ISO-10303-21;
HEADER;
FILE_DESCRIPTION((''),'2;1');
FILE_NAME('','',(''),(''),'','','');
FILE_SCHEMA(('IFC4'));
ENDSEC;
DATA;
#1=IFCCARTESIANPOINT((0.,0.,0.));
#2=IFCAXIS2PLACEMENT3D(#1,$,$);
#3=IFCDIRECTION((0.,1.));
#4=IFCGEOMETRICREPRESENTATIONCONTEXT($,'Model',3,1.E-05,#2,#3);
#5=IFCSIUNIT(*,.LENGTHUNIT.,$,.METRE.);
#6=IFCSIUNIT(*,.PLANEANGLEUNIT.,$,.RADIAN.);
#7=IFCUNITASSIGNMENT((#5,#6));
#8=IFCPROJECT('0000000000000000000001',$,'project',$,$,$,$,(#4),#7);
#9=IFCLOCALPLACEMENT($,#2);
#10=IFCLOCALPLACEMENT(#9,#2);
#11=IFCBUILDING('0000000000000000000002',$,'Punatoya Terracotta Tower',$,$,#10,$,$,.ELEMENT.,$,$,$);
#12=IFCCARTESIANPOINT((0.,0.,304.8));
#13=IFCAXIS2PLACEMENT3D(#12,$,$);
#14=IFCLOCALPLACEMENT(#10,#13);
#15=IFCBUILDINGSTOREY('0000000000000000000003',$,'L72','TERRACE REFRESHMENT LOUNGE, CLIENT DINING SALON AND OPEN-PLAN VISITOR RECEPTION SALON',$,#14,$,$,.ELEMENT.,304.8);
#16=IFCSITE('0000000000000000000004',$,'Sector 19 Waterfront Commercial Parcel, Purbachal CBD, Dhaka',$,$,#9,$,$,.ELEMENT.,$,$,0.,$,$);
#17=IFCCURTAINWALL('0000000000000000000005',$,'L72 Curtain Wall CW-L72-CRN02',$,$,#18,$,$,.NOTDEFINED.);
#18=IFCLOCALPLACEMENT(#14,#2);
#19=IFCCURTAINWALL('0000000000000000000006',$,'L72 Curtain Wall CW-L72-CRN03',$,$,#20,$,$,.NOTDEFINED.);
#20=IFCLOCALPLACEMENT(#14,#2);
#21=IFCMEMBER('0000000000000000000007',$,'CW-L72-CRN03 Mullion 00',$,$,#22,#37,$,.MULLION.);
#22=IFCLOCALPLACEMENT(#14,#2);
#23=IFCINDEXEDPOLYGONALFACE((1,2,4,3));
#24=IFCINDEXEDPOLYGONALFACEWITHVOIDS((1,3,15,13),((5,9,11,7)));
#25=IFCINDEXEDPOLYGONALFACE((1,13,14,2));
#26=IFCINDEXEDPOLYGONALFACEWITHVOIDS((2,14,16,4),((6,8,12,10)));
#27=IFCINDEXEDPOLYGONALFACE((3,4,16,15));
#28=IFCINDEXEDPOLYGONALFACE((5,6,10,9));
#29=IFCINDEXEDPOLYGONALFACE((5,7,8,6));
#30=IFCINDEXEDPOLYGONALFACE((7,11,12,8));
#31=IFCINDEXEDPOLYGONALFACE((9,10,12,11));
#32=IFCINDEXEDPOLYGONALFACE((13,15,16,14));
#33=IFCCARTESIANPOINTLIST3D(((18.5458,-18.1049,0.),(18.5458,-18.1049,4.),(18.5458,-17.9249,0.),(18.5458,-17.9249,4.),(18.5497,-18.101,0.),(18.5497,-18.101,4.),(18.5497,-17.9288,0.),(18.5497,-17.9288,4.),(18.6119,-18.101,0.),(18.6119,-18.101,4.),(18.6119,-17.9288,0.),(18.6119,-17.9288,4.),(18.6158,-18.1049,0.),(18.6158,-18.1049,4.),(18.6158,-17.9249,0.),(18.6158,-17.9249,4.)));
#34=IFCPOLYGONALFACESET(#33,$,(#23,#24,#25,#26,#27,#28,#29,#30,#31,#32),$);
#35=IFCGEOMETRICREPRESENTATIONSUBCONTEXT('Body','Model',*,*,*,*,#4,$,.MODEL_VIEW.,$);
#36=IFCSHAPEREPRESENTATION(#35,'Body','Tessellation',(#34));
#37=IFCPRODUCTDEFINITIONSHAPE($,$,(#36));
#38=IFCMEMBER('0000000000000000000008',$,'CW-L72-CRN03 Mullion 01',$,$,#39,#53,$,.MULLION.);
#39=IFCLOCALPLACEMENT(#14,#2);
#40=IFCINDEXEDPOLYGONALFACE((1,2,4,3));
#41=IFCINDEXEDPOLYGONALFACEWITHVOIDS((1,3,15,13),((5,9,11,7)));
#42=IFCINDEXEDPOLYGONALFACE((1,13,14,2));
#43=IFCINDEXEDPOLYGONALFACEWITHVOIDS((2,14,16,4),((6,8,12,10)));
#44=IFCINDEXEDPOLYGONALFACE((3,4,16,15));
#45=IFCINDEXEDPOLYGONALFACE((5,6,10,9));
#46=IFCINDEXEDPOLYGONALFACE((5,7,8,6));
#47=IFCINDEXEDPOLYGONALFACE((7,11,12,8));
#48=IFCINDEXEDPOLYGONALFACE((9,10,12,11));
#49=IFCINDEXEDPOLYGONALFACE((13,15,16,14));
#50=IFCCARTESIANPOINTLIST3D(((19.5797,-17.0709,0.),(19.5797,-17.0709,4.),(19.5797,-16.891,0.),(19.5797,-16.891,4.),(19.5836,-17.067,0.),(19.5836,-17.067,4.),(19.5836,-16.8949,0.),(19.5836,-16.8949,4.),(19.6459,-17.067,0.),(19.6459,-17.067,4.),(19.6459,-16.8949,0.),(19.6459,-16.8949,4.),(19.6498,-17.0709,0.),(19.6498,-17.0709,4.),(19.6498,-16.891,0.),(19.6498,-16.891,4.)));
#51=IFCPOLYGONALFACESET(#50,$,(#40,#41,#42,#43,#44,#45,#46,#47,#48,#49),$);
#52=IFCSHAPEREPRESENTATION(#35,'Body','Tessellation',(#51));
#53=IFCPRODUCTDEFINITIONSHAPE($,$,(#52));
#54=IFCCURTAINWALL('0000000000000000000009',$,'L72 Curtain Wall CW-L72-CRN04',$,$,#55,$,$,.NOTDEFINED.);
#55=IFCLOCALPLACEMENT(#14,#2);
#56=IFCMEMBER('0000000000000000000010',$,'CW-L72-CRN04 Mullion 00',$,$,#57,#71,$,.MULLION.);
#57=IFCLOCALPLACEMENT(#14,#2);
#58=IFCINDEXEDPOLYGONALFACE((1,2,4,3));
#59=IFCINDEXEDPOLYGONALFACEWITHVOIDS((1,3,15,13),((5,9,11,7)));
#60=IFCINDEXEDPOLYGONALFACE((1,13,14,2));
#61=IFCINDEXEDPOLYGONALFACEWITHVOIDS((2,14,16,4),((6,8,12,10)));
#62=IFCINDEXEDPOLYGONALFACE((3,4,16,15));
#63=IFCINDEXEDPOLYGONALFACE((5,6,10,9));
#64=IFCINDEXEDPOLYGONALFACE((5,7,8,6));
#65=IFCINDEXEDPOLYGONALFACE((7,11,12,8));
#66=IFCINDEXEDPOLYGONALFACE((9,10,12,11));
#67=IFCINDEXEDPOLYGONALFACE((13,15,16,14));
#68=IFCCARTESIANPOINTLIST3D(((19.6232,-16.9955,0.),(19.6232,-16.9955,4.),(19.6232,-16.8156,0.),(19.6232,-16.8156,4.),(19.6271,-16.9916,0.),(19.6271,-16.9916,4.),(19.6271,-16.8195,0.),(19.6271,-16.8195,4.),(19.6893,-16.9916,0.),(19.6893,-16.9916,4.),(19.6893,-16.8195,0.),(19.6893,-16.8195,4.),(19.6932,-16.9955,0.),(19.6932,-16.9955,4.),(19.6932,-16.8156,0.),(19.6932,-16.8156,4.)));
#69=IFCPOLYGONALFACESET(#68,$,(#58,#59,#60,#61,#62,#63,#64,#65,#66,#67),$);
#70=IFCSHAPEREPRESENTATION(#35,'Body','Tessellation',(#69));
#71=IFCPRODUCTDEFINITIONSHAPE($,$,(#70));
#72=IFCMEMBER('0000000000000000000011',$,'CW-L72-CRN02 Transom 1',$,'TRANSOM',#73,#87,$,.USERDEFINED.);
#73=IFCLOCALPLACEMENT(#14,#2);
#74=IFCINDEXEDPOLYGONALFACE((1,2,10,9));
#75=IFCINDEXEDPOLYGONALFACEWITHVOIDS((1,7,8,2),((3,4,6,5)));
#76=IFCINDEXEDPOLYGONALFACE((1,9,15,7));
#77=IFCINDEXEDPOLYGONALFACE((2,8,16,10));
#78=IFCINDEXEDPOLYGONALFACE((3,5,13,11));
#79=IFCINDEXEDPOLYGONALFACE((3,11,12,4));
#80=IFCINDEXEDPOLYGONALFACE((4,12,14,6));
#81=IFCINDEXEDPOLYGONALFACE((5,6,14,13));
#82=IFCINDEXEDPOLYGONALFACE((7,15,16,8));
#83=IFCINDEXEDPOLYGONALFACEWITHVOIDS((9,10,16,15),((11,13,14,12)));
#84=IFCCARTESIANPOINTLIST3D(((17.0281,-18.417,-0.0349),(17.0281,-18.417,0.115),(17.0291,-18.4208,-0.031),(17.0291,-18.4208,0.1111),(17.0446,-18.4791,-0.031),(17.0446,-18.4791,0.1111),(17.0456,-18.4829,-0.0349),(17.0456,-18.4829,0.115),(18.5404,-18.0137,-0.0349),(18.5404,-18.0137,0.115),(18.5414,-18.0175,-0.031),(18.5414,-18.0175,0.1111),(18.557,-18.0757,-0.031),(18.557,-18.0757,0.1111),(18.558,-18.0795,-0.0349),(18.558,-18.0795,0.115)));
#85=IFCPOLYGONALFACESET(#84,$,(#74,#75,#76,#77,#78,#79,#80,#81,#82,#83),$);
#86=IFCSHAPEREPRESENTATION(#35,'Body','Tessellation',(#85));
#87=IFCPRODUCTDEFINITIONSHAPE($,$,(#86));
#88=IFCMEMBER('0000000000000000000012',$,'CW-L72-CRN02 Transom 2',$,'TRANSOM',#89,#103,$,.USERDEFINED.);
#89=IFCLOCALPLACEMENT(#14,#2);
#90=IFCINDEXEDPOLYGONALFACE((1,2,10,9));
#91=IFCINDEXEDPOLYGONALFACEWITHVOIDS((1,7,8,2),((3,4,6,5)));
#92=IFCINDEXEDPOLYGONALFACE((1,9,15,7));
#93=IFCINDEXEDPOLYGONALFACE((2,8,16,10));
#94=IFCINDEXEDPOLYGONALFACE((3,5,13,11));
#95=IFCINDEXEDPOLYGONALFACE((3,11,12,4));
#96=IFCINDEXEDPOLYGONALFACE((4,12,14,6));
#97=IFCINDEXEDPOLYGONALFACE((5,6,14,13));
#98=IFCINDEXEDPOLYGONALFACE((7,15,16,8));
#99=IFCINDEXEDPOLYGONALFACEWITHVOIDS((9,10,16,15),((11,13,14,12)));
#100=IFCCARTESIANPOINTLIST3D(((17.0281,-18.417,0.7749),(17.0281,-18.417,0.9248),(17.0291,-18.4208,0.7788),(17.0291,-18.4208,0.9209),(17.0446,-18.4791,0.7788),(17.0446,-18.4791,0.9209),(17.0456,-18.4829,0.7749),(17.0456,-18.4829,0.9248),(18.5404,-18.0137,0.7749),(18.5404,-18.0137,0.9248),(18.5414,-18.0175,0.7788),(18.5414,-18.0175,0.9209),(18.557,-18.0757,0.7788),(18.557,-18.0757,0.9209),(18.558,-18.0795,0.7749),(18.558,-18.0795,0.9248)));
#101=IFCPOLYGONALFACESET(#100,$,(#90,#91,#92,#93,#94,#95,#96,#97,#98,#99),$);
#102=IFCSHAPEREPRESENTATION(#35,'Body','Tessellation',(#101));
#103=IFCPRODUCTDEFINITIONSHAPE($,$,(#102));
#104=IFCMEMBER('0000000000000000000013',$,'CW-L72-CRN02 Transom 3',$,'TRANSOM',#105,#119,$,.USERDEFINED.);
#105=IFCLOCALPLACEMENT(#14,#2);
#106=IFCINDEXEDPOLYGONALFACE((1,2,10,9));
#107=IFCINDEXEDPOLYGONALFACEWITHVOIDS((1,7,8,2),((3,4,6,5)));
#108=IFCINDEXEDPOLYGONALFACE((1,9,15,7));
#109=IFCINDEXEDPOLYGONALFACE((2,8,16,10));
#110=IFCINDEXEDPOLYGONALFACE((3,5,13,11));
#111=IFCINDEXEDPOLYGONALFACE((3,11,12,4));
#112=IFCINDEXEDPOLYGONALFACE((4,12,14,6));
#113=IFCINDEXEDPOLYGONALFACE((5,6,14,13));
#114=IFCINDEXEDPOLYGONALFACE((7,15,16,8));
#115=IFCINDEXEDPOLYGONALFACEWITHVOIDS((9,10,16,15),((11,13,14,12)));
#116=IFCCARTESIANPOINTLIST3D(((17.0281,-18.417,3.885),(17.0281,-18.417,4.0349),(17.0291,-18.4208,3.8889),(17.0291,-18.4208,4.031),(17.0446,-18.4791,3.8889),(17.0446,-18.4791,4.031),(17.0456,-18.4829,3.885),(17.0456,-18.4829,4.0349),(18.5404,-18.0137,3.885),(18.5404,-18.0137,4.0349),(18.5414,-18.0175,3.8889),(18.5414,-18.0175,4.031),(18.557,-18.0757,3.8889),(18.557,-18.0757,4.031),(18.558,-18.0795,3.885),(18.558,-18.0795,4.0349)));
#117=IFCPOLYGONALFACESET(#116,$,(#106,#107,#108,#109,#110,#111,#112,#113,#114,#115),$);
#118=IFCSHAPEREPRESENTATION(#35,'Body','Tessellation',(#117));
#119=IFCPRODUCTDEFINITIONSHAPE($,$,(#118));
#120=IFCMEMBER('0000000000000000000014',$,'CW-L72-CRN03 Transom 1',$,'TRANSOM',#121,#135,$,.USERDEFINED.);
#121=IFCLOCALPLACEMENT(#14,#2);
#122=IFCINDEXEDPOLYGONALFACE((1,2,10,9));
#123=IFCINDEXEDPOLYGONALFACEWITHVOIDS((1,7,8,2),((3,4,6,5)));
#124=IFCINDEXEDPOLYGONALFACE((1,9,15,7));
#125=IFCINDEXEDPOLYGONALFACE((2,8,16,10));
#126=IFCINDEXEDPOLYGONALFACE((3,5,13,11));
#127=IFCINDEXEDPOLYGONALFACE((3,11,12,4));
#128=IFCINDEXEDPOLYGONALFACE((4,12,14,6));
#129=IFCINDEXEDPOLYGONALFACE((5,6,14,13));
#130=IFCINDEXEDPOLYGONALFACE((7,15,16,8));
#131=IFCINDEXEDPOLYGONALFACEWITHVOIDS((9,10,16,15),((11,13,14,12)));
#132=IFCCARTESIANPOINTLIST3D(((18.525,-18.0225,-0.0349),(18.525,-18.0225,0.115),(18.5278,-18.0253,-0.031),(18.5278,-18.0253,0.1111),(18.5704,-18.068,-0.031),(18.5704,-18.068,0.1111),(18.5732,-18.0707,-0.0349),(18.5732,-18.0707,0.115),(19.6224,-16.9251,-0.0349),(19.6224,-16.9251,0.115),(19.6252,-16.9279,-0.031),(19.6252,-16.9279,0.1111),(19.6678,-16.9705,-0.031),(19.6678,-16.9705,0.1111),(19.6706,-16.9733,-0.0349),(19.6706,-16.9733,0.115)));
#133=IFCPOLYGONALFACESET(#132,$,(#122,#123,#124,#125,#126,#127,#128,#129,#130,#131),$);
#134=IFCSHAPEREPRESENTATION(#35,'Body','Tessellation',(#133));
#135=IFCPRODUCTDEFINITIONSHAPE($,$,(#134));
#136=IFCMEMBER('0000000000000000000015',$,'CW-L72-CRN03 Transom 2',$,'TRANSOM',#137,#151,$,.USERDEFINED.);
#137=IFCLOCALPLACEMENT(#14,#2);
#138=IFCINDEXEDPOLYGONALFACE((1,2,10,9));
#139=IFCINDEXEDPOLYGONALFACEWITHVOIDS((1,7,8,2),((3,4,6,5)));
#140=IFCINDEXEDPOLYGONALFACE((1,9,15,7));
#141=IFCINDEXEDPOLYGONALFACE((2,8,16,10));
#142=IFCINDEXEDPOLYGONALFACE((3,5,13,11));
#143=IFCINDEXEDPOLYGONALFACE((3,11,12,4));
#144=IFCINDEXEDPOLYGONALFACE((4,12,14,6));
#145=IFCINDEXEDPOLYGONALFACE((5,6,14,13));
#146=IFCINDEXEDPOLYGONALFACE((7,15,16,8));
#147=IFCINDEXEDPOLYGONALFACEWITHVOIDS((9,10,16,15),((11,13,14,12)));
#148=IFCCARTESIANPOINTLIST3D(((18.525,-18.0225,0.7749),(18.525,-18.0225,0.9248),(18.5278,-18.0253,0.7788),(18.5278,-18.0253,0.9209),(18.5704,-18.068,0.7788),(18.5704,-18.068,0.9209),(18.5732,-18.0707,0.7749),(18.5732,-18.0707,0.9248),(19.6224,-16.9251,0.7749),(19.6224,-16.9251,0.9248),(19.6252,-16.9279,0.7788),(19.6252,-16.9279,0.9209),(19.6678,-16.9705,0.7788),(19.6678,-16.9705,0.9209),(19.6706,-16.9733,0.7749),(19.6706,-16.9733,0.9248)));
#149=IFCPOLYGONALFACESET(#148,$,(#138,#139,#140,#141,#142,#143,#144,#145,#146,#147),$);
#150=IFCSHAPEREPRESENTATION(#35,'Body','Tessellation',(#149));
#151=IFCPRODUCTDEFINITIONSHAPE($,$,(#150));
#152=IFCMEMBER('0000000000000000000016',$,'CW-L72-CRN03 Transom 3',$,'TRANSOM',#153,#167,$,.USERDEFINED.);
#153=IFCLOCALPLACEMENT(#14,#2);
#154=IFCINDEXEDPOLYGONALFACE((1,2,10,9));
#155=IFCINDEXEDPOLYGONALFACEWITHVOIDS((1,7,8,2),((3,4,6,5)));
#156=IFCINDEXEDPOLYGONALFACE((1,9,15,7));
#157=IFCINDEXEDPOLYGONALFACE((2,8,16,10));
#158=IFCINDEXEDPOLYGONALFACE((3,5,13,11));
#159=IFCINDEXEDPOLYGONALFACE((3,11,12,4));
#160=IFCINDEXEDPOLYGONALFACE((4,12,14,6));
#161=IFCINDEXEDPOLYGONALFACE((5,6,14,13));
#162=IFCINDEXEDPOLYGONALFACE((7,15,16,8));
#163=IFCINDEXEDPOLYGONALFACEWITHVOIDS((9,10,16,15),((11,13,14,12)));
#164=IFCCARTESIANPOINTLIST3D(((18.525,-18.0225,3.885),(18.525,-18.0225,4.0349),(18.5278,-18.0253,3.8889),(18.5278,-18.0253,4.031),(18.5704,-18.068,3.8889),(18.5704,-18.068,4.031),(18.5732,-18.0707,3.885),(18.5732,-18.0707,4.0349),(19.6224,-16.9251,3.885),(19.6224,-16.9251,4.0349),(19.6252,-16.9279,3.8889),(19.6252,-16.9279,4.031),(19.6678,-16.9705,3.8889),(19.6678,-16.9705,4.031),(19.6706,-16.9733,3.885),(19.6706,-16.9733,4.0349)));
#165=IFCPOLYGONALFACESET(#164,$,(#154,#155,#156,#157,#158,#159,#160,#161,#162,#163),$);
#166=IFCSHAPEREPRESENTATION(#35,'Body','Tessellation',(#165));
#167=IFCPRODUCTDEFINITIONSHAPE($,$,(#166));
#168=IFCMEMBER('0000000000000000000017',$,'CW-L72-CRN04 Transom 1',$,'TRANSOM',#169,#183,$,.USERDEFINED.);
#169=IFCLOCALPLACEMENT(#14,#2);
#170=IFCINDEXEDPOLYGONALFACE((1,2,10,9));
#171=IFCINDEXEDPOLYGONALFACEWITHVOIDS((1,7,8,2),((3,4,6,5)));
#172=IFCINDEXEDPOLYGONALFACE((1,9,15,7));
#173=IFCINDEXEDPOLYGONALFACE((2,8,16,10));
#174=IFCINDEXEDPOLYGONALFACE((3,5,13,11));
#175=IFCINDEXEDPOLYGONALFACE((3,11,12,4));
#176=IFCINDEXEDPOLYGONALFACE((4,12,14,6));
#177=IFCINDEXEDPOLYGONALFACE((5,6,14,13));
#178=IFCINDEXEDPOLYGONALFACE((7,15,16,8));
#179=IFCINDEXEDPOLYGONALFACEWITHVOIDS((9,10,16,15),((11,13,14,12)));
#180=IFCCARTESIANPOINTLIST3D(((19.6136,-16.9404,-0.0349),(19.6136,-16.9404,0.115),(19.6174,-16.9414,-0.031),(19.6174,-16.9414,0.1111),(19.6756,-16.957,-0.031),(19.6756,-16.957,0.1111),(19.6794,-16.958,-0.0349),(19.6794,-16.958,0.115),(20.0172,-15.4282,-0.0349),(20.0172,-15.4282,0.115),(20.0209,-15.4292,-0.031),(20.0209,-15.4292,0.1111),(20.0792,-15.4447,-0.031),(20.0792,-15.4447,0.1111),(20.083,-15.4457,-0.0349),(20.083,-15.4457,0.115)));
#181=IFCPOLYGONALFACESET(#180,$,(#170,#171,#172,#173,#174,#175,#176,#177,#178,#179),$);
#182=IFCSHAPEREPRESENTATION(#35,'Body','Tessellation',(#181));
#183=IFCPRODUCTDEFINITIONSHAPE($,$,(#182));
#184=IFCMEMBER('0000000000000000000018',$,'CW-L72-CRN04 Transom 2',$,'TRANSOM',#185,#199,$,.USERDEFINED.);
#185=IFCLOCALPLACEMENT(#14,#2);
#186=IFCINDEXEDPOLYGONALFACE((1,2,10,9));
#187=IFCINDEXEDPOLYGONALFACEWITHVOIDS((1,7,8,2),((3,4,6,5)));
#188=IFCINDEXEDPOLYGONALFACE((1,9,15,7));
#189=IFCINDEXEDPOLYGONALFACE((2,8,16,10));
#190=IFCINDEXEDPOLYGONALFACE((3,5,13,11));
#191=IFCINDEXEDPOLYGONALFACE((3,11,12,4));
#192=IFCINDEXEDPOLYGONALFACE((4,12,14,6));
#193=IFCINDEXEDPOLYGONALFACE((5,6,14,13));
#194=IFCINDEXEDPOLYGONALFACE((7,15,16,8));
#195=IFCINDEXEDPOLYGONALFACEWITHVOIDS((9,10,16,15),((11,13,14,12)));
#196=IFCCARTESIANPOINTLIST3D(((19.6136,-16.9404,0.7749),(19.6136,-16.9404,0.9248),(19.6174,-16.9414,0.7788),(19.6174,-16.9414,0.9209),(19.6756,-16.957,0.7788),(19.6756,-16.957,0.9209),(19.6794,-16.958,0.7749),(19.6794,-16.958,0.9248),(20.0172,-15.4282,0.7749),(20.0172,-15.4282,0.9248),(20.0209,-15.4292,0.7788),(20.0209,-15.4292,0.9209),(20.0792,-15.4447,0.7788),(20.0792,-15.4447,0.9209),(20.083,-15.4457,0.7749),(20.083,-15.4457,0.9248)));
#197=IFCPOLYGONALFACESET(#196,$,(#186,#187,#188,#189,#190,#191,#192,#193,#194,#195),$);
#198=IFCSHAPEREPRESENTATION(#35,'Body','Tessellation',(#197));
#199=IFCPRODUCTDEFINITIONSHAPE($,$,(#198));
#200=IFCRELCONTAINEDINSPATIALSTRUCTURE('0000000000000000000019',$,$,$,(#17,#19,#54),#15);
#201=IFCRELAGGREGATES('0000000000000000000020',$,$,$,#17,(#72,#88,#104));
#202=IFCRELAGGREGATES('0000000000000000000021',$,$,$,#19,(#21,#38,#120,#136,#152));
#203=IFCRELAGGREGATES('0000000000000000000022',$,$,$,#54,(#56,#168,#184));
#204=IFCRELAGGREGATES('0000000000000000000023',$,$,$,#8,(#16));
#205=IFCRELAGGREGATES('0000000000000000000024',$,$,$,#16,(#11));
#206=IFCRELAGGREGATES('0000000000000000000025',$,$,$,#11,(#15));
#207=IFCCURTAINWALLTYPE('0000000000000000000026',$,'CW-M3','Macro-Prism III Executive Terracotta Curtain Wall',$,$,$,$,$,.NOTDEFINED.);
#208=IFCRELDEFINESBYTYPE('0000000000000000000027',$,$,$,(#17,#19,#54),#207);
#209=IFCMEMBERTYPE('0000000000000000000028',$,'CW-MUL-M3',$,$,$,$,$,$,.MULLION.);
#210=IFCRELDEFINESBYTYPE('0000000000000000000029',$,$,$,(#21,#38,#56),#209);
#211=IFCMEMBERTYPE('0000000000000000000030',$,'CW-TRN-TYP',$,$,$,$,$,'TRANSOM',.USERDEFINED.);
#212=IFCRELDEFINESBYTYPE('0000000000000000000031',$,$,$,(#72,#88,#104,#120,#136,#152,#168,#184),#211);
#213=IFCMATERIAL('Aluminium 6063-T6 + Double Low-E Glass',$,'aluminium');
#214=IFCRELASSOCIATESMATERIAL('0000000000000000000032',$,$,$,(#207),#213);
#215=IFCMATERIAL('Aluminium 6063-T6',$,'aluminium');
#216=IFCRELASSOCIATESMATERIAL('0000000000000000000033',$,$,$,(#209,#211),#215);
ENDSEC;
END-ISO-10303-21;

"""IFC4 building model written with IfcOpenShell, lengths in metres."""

from ifc_helpers import new_model, si_unit, direction, frame, origin, origin_2d, place, context, subcontext, project, spatial, hollow_rectangle, extrude, material, material_profile, profile_set, type_object, element, aggregate, save


model = new_model("IFC4")

# Units and contexts
model_context = context("Model", 3, precision=1e-05, world=origin(), true_north=direction((0.0, 1.0)))
body_context = subcontext(model_context, "Body", "Model", "MODEL_VIEW")
ifc_project = project(units=[si_unit("LENGTHUNIT", "METRE"), si_unit("PLANEANGLEUNIT", "RADIAN")], contexts=[model_context])

# Site, building, storey
site_placement = place(None, origin())
site = spatial("IfcSite", under=ifc_project, at=site_placement, Name="Sector 19 Waterfront Commercial Parcel, Purbachal CBD, Dhaka", CompositionType="ELEMENT", RefElevation=0.0)
building_placement = place(site_placement, origin())
building = spatial("IfcBuilding", under=site, at=building_placement, Name="Punatoya Terracotta Tower", CompositionType="ELEMENT")
storey_placement = place(building_placement, frame((0.0, 0.0, 304.8)))
storey = spatial("IfcBuildingStorey", under=building, at=storey_placement, Name="L72", Description="TERRACE REFRESHMENT LOUNGE, CLIENT DINING SALON AND OPEN-PLAN VISITOR RECEPTION SALON", CompositionType="ELEMENT", Elevation=304.8)

# Curtain walls, members
ifc_material_1 = material(Name="Aluminium 6063-T6 + Double Low-E Glass", Category="aluminium")
curtain_wall_type = type_object("IfcCurtainWallType", Name="CW-M3", Description="Macro-Prism III Executive Terracotta Curtain Wall", PredefinedType="NOTDEFINED", material=ifc_material_1)
ifc_material_2 = material(Name="Aluminium 6063-T6", Category="aluminium")
ifc_material_profile_1 = material_profile(ifc_material_2, hollow_rectangle(XDim=0.0701, YDim=0.1799, WallThickness=0.0039, at=origin_2d()))
ifc_profile_set_1 = profile_set([ifc_material_profile_1], Name="Aluminium 6063-T6")
member_type_1 = type_object("IfcMemberType", Name="CW-MUL-M3", PredefinedType="MULLION", material=ifc_profile_set_1)
curtain_wall_1_placement = place(storey_placement, origin())
curtain_wall_1 = element("IfcCurtainWall", 1, at=curtain_wall_1_placement, inside=storey, type_object=curtain_wall_type, Name="L72 Curtain Wall CW-L72-CRN02", PredefinedType="NOTDEFINED")
curtain_wall_2_placement = place(storey_placement, origin())
curtain_wall_2 = element("IfcCurtainWall", 2, at=curtain_wall_2_placement, inside=storey, type_object=curtain_wall_type, Name="L72 Curtain Wall CW-L72-CRN03", PredefinedType="NOTDEFINED")
member_1_placement = place(storey_placement, frame((18.5808, -18.0149, 0.0), z_axis=(0.0, 0.0, 1.0), x_axis=(1.0, 0.0, 0.0)))
member_1 = element("IfcMember", 3, at=member_1_placement, type_object=member_type_1, Name="CW-L72-CRN03 Mullion 00", PredefinedType="MULLION", context=body_context, shape_type="SweptSolid", body=[
    extrude(hollow_rectangle(XDim=0.0701, YDim=0.1799, WallThickness=0.0039, at=origin_2d()), origin(), (0.0, 0.0, 1.0), 4.0),
])
member_2_placement = place(storey_placement, frame((19.6147, -16.981, 0.0), z_axis=(0.0, 0.0, 1.0), x_axis=(1.0, 0.0, 0.0)))
member_2 = element("IfcMember", 4, at=member_2_placement, type_object=member_type_1, Name="CW-L72-CRN03 Mullion 01", PredefinedType="MULLION", context=body_context, shape_type="SweptSolid", body=[
    extrude(hollow_rectangle(XDim=0.0701, YDim=0.1799, WallThickness=0.0039, at=origin_2d()), origin(), (0.0, 0.0, 1.0), 4.0),
])

# Curtain wall, member
curtain_wall_3_placement = place(storey_placement, origin())
curtain_wall_3 = element("IfcCurtainWall", 5, at=curtain_wall_3_placement, inside=storey, type_object=curtain_wall_type, Name="L72 Curtain Wall CW-L72-CRN04", PredefinedType="NOTDEFINED")
member_3_placement = place(storey_placement, frame((19.6582, -16.9055, 0.0), z_axis=(0.0, 0.0, 1.0), x_axis=(1.0, 0.0, 0.0)))
member_3 = element("IfcMember", 6, at=member_3_placement, type_object=member_type_1, Name="CW-L72-CRN04 Mullion 00", PredefinedType="MULLION", context=body_context, shape_type="SweptSolid", body=[
    extrude(hollow_rectangle(XDim=0.0701, YDim=0.1799, WallThickness=0.0039, at=origin_2d()), origin(), (0.0, 0.0, 1.0), 4.0),
])

# Members
ifc_material_profile_2 = material_profile(ifc_material_2, hollow_rectangle(XDim=0.0681, YDim=0.1499, WallThickness=0.0039, at=origin_2d()))
ifc_profile_set_2 = profile_set([ifc_material_profile_2], Name="Aluminium 6063-T6")
member_type_2 = type_object("IfcMemberType", Name="CW-TRN-TYP", ElementType="TRANSOM", PredefinedType="USERDEFINED", material=ifc_profile_set_2)
member_4_placement = place(storey_placement, frame((17.0369, -18.45, 0.04), z_axis=(0.966225, 0.257701, 0.0), x_axis=(-0.257701, 0.966225, 0.0)))
member_4 = element("IfcMember", 7, at=member_4_placement, type_object=member_type_2, Name="CW-L72-CRN02 Transom 1", ObjectType="TRANSOM", PredefinedType="USERDEFINED", context=body_context, shape_type="SweptSolid", body=[
    extrude(hollow_rectangle(XDim=0.0681, YDim=0.1499, WallThickness=0.0039, at=origin_2d()), origin(), (0.0, 0.0, 1.0), 1.5652),
])
member_5_placement = place(storey_placement, frame((17.0369, -18.45, 0.8499), z_axis=(0.966225, 0.257701, 0.0), x_axis=(-0.257701, 0.966225, 0.0)))
member_5 = element("IfcMember", 8, at=member_5_placement, type_object=member_type_2, Name="CW-L72-CRN02 Transom 2", ObjectType="TRANSOM", PredefinedType="USERDEFINED", context=body_context, shape_type="SweptSolid", body=[
    extrude(hollow_rectangle(XDim=0.0681, YDim=0.1499, WallThickness=0.0039, at=origin_2d()), origin(), (0.0, 0.0, 1.0), 1.5652),
])
member_6_placement = place(storey_placement, frame((17.0369, -18.45, 3.96), z_axis=(0.966225, 0.257701, 0.0), x_axis=(-0.257701, 0.966225, 0.0)))
member_6 = element("IfcMember", 9, at=member_6_placement, type_object=member_type_2, Name="CW-L72-CRN02 Transom 3", ObjectType="TRANSOM", PredefinedType="USERDEFINED", context=body_context, shape_type="SweptSolid", body=[
    extrude(hollow_rectangle(XDim=0.0681, YDim=0.1499, WallThickness=0.0039, at=origin_2d()), origin(), (0.0, 0.0, 1.0), 1.5652),
])
member_7_placement = place(storey_placement, frame((18.5491, -18.0466, 0.04), z_axis=(0.707107, 0.707107, 0.0), x_axis=(-0.707107, 0.707107, 0.0)))
member_7 = element("IfcMember", 10, at=member_7_placement, type_object=member_type_2, Name="CW-L72-CRN03 Transom 1", ObjectType="TRANSOM", PredefinedType="USERDEFINED", context=body_context, shape_type="SweptSolid", body=[
    extrude(hollow_rectangle(XDim=0.0681, YDim=0.1499, WallThickness=0.0039, at=origin_2d()), origin(), (0.0, 0.0, 1.0), 1.552),
])
member_8_placement = place(storey_placement, frame((18.5491, -18.0466, 0.8499), z_axis=(0.707107, 0.707107, 0.0), x_axis=(-0.707107, 0.707107, 0.0)))
member_8 = element("IfcMember", 11, at=member_8_placement, type_object=member_type_2, Name="CW-L72-CRN03 Transom 2", ObjectType="TRANSOM", PredefinedType="USERDEFINED", context=body_context, shape_type="SweptSolid", body=[
    extrude(hollow_rectangle(XDim=0.0681, YDim=0.1499, WallThickness=0.0039, at=origin_2d()), origin(), (0.0, 0.0, 1.0), 1.552),
])
member_9_placement = place(storey_placement, frame((18.5491, -18.0466, 3.96), z_axis=(0.707107, 0.707107, 0.0), x_axis=(-0.707107, 0.707107, 0.0)))
member_9 = element("IfcMember", 12, at=member_9_placement, type_object=member_type_2, Name="CW-L72-CRN03 Transom 3", ObjectType="TRANSOM", PredefinedType="USERDEFINED", context=body_context, shape_type="SweptSolid", body=[
    extrude(hollow_rectangle(XDim=0.0681, YDim=0.1499, WallThickness=0.0039, at=origin_2d()), origin(), (0.0, 0.0, 1.0), 1.552),
])
member_10_placement = place(storey_placement, frame((19.6465, -16.9492, 0.04), z_axis=(0.257847, 0.966186, 0.0), x_axis=(-0.966186, 0.257847, 0.0)))
member_10 = element("IfcMember", 13, at=member_10_placement, type_object=member_type_2, Name="CW-L72-CRN04 Transom 1", ObjectType="TRANSOM", PredefinedType="USERDEFINED", context=body_context, shape_type="SweptSolid", body=[
    extrude(hollow_rectangle(XDim=0.0681, YDim=0.1499, WallThickness=0.0039, at=origin_2d()), origin(), (0.0, 0.0, 1.0), 1.5652),
])
member_11_placement = place(storey_placement, frame((19.6465, -16.9492, 0.8499), z_axis=(0.257847, 0.966186, 0.0), x_axis=(-0.966186, 0.257847, 0.0)))
member_11 = element("IfcMember", 14, at=member_11_placement, type_object=member_type_2, Name="CW-L72-CRN04 Transom 2", ObjectType="TRANSOM", PredefinedType="USERDEFINED", context=body_context, shape_type="SweptSolid", body=[
    extrude(hollow_rectangle(XDim=0.0681, YDim=0.1499, WallThickness=0.0039, at=origin_2d()), origin(), (0.0, 0.0, 1.0), 1.5652),
])

aggregate(curtain_wall_1, [member_4, member_5, member_6])
aggregate(curtain_wall_2, [member_1, member_2, member_7, member_8, member_9])
aggregate(curtain_wall_3, [member_3, member_10, member_11])

save(model, "model.ifc")
